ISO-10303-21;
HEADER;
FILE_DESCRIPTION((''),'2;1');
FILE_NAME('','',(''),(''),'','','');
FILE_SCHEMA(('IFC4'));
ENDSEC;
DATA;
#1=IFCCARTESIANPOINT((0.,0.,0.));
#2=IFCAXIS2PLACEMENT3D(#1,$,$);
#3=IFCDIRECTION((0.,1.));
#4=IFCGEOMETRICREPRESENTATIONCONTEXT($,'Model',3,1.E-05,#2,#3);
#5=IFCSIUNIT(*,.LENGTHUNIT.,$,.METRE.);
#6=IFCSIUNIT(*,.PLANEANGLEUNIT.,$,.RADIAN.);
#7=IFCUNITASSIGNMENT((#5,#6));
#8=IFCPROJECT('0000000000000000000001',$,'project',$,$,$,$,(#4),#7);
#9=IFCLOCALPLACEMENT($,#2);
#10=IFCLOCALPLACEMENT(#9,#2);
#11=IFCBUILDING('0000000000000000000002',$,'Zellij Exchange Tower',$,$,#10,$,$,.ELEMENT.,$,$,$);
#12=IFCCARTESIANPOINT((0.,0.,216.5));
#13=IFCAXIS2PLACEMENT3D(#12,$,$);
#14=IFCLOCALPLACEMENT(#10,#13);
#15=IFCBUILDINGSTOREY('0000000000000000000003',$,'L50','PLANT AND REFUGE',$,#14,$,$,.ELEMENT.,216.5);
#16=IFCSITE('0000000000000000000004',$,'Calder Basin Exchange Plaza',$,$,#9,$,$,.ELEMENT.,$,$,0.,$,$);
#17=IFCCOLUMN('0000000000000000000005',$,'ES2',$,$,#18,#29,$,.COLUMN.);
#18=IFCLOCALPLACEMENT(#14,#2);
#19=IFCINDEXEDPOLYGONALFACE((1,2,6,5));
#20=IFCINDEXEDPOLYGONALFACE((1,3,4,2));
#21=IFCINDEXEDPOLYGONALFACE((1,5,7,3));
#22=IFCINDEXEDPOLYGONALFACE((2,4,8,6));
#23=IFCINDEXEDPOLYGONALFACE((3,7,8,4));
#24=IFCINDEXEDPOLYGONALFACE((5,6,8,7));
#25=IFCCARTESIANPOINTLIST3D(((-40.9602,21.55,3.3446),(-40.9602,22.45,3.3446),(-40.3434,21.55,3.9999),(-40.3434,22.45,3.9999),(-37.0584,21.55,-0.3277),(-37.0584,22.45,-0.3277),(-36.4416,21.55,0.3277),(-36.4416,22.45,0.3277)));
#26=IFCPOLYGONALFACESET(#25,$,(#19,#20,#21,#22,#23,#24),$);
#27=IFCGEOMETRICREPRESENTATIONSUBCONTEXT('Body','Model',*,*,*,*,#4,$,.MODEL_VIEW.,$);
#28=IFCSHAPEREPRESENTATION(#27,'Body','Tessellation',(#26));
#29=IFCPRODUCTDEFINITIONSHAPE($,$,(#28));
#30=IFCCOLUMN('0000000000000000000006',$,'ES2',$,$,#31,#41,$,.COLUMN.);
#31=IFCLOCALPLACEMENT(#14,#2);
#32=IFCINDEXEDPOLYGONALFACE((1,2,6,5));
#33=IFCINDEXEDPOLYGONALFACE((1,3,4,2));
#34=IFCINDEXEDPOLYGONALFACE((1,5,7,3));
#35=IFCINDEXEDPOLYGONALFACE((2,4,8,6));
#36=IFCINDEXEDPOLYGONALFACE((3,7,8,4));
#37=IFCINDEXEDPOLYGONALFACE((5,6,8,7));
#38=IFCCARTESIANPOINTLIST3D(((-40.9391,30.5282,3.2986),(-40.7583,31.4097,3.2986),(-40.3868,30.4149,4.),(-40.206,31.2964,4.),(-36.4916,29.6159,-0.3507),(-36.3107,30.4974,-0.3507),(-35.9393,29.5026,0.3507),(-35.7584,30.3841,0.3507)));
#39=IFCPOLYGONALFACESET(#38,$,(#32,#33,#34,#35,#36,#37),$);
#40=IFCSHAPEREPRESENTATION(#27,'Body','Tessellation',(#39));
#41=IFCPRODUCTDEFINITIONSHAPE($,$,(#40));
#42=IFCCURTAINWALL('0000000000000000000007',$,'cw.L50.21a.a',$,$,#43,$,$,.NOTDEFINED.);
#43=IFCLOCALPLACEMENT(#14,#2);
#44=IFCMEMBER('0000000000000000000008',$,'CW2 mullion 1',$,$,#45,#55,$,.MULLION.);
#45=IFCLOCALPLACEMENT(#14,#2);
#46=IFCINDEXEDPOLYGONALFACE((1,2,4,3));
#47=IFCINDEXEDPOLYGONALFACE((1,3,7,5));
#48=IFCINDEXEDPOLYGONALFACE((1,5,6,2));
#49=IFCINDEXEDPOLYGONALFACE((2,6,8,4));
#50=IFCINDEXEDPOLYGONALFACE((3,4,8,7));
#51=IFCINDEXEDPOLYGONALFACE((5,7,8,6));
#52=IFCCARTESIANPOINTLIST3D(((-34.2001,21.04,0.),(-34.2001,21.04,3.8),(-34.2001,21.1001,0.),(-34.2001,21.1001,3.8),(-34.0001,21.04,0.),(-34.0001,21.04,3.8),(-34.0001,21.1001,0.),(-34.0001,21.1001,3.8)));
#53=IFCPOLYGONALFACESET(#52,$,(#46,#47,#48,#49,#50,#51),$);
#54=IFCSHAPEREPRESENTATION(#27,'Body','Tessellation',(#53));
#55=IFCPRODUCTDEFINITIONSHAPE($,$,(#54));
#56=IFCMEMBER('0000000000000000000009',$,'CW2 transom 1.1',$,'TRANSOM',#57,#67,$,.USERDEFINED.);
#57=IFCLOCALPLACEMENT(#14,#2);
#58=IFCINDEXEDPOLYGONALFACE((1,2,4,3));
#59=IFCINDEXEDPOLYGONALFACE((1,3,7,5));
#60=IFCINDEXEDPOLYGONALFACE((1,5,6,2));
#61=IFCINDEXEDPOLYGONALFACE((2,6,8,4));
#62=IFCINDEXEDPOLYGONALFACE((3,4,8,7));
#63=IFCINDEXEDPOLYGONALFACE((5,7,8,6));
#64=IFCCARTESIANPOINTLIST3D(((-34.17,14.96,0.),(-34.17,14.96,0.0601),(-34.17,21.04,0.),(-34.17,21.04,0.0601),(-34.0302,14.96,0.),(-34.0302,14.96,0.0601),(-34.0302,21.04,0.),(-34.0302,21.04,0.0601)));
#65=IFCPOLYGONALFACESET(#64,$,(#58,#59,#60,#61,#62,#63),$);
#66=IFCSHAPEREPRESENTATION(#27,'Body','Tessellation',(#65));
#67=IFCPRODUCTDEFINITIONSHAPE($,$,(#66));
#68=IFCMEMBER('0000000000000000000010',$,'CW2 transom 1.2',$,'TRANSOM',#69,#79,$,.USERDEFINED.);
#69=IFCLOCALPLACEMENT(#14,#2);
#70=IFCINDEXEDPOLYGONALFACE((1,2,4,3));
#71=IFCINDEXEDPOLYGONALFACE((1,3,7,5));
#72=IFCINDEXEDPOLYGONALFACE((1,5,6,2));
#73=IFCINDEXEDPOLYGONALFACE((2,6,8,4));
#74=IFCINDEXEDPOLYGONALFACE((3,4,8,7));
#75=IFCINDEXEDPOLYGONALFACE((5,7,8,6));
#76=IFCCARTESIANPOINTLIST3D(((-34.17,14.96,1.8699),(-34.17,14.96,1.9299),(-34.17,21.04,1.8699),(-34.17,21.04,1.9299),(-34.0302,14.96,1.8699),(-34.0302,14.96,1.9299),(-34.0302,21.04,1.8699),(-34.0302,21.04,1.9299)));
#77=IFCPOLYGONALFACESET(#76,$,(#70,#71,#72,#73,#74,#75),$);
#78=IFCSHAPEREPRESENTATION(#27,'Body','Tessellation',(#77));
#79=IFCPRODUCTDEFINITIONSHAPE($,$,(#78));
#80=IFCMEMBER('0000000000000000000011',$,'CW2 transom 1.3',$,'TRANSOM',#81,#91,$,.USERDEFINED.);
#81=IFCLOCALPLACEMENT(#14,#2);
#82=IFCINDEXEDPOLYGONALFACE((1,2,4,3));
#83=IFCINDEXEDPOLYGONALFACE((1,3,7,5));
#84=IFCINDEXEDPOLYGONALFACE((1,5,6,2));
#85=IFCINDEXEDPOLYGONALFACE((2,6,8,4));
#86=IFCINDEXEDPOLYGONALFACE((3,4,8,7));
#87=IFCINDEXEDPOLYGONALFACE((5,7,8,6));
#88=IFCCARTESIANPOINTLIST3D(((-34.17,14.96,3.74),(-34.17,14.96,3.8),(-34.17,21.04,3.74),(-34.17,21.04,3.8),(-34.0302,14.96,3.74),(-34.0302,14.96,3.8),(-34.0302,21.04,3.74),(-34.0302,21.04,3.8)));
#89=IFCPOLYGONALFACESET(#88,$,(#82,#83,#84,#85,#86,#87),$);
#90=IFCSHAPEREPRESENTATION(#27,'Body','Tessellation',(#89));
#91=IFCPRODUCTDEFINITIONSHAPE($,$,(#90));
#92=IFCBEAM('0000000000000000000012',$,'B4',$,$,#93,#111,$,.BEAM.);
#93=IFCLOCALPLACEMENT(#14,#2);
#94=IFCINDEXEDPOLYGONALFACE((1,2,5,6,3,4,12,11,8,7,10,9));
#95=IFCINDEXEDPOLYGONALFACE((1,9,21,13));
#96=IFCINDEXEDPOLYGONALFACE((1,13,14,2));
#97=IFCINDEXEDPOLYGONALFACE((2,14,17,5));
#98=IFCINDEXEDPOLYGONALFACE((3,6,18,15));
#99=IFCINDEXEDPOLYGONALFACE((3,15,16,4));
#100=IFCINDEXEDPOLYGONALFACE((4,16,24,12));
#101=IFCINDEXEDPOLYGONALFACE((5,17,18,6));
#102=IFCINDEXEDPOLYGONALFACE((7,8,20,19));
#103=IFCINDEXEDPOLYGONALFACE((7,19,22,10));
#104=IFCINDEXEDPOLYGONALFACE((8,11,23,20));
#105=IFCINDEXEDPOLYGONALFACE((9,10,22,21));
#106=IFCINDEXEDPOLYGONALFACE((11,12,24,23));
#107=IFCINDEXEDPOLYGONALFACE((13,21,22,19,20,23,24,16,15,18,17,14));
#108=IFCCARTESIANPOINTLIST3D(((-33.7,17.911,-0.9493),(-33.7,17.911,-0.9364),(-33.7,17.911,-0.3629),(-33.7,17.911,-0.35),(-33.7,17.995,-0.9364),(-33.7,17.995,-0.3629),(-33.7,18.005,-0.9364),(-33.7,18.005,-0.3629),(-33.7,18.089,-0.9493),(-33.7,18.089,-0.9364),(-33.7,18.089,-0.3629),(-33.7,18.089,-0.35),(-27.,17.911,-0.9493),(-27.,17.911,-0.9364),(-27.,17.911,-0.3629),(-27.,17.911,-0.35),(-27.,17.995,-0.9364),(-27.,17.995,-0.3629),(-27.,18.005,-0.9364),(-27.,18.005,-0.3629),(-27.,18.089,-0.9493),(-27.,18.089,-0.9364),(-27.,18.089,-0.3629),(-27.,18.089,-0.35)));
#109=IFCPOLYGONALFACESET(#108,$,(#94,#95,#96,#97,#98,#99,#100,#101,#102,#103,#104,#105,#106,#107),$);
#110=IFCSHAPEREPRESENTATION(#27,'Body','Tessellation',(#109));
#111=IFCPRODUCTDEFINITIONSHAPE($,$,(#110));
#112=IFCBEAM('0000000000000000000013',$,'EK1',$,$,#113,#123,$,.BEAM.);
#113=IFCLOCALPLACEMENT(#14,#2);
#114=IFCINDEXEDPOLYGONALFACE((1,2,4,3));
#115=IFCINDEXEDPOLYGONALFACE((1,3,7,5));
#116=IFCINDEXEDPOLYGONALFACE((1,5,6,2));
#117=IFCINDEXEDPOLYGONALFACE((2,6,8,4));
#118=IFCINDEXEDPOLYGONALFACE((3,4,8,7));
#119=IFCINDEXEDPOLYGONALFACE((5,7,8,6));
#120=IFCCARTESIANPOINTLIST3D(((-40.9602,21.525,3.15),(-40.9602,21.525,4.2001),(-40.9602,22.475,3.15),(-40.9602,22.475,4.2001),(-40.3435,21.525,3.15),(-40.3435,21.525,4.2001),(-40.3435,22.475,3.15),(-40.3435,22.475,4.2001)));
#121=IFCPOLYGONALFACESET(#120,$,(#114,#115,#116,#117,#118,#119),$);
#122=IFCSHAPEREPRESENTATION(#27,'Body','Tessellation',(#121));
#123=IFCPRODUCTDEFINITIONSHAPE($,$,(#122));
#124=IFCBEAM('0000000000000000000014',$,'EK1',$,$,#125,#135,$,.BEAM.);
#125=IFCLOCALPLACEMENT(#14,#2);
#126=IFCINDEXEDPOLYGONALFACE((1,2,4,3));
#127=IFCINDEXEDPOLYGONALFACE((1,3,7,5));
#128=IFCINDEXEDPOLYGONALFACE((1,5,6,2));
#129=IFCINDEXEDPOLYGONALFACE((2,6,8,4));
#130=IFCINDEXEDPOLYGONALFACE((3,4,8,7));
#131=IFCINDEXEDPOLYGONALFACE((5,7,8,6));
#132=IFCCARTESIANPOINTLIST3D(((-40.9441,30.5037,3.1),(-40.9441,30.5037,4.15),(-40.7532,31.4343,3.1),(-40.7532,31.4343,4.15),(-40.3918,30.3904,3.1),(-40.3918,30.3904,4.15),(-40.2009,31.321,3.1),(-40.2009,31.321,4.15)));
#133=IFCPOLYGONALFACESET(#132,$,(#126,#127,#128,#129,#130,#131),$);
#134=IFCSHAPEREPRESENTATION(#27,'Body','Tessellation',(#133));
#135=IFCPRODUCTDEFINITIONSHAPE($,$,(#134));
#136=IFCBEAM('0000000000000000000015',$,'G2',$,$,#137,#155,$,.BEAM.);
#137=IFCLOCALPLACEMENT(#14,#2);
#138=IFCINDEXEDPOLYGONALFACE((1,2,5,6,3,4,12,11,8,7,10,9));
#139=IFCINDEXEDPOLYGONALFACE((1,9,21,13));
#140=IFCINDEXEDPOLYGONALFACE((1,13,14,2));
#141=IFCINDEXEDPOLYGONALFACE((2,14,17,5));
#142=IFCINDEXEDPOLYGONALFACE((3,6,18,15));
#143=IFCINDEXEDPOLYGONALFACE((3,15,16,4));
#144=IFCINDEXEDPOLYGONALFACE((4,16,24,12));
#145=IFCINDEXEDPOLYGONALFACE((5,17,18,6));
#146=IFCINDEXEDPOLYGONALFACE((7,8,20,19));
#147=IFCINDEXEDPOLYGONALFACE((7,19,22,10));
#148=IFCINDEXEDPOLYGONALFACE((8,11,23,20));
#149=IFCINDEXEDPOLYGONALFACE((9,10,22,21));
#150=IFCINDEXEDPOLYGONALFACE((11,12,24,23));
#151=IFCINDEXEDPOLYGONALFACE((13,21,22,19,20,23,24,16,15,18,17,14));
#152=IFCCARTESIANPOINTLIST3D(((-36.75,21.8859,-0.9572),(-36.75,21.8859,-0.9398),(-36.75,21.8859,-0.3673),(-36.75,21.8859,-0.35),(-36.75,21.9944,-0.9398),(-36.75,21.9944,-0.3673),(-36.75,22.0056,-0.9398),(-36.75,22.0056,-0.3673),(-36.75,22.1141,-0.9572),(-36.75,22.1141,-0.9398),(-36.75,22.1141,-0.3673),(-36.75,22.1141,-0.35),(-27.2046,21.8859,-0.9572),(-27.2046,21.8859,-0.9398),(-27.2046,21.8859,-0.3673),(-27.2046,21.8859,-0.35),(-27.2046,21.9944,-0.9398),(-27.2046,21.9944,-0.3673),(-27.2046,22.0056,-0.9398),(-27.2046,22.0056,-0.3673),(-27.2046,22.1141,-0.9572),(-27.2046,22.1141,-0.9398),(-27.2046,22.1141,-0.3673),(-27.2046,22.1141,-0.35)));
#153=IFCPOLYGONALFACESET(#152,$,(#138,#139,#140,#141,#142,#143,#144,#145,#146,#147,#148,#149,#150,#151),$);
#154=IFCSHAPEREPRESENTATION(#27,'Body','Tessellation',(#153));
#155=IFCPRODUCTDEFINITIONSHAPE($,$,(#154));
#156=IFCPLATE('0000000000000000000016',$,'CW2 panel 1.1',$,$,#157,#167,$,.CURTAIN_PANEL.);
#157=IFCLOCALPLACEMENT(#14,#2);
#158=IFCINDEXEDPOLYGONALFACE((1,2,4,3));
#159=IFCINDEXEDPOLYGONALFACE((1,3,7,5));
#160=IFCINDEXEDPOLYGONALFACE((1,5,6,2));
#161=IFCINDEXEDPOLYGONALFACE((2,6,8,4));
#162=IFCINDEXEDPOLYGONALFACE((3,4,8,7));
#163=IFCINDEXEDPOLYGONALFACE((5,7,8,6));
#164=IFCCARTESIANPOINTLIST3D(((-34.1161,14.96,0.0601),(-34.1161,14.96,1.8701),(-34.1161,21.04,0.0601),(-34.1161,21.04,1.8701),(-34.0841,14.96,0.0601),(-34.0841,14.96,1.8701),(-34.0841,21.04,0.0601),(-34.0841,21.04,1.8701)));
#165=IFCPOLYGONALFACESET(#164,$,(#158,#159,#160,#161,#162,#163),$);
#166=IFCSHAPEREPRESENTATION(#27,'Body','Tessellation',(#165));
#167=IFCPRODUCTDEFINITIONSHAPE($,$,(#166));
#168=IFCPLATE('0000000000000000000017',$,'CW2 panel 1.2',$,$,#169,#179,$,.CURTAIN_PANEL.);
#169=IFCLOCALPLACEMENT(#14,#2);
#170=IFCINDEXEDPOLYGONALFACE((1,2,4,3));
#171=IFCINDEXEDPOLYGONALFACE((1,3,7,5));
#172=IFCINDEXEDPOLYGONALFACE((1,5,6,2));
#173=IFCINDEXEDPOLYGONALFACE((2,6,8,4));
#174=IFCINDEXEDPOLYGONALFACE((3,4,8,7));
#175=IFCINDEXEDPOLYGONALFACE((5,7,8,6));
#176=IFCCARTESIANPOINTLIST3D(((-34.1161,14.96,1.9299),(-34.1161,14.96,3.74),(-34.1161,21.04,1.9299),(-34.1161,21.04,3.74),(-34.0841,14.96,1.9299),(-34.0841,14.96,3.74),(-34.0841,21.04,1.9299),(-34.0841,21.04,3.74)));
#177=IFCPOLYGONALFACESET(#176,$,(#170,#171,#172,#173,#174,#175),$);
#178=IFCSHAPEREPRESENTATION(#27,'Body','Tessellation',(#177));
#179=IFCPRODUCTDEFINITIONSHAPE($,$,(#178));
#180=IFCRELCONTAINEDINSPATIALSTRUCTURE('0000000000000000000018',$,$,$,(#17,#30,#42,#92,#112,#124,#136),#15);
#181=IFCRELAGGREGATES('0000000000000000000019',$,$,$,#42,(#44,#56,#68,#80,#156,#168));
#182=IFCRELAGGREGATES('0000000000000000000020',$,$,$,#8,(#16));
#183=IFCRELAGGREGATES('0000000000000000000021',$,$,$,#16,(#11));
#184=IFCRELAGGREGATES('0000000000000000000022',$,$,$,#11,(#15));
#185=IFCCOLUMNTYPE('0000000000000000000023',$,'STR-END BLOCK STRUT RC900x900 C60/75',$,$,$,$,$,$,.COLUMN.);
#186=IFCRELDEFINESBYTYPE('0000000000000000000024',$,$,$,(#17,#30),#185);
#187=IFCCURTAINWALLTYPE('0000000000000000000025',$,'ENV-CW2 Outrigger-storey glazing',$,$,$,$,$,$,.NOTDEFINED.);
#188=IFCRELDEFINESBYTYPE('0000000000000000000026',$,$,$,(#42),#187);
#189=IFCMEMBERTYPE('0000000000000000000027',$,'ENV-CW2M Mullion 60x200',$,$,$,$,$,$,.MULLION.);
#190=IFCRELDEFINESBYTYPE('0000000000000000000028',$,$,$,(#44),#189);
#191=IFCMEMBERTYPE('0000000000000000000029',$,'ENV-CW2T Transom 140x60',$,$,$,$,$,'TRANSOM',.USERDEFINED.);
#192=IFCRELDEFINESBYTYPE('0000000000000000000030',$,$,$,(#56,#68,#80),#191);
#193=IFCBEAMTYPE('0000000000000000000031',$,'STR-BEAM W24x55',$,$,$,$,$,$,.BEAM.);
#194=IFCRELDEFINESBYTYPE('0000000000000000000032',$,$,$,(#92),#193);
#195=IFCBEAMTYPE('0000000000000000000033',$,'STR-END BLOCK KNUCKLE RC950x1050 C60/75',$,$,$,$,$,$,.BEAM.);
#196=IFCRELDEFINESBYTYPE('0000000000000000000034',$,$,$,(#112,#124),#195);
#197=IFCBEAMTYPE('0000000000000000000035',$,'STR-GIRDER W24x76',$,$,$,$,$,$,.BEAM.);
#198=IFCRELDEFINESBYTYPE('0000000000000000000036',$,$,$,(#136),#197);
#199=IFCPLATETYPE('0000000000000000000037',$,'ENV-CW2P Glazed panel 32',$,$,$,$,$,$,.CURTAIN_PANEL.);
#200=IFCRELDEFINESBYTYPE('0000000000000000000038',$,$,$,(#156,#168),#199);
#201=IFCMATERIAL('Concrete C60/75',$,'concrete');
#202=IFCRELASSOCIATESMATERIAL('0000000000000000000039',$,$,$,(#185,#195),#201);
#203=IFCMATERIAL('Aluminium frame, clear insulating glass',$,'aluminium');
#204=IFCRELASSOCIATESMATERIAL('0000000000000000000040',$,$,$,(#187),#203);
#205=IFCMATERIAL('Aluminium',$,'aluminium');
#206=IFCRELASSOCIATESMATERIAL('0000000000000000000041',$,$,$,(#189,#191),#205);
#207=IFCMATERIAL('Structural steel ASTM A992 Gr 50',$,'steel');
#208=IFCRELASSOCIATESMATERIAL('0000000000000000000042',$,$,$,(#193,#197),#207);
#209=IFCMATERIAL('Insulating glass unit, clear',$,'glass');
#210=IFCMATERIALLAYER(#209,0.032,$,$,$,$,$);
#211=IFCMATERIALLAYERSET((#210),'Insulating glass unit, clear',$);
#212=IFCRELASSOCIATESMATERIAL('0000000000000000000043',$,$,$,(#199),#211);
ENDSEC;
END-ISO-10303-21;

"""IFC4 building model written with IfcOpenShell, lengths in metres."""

from ifc_helpers import new_model, si_unit, direction, frame, origin, origin_2d, place, context, subcontext, project, spatial, rectangle, i_section, extrude, clip, halfspace, material, layer, layer_set, material_profile, profile_set, type_object, element, aggregate, save


model = new_model("IFC4")

# Units and contexts
model_context = context("Model", 3, precision=1e-05, world=origin(), true_north=direction((0.0, 1.0)))
body_context = subcontext(model_context, "Body", "Model", "MODEL_VIEW")
ifc_project = project(units=[si_unit("LENGTHUNIT", "METRE"), si_unit("PLANEANGLEUNIT", "RADIAN")], contexts=[model_context])

# Site, building, storey
site_placement = place(None, origin())
site = spatial("IfcSite", under=ifc_project, at=site_placement, Name="Calder Basin Exchange Plaza", CompositionType="ELEMENT", RefElevation=0.0)
building_placement = place(site_placement, origin())
building = spatial("IfcBuilding", under=site, at=building_placement, Name="Zellij Exchange Tower", CompositionType="ELEMENT")
storey_placement = place(building_placement, frame((0.0, 0.0, 216.5)))
storey = spatial("IfcBuildingStorey", under=building, at=storey_placement, Name="L50", Description="PLANT AND REFUGE", CompositionType="ELEMENT", Elevation=216.5)

# Columns
ifc_material_1 = material(Name="Concrete C60/75", Category="concrete")
ifc_material_profile_1 = material_profile(ifc_material_1, rectangle(XDim=0.8999, YDim=0.8999, at=origin_2d()), Name="STR-END BLOCK STRUT RC900x900 C60/75")
ifc_profile_set_1 = profile_set([ifc_material_profile_1], Name="Concrete C60/75")
column_type = type_object("IfcColumnType", Name="STR-END BLOCK STRUT RC900x900 C60/75", PredefinedType="COLUMN", material=ifc_profile_set_1)
column_1_placement = place(storey_placement, frame((-36.75, 22.0, 0.0), z_axis=(-0.7282, 0.0, 0.685365), x_axis=(0.0, -1.0, 0.0)))
element("IfcColumn", 1, at=column_1_placement, inside=storey, type_object=column_type, Name="ES2", PredefinedType="COLUMN", context=body_context, shape_type="Clipping", body=[
    clip(extrude(rectangle(XDim=0.8999, YDim=0.8999, at=origin_2d()), origin(), (0.0, 0.0, 1.0), 5.8364), halfspace(frame((0.0, 0.0, 5.3582)), False)),
])
column_2_placement = place(storey_placement, frame((-36.125, 30.0, 0.0), z_axis=(-0.763533, 0.156622, 0.626488), x_axis=(-0.200944, -0.979603, 0.0)))
element("IfcColumn", 2, at=column_2_placement, inside=storey, type_object=column_type, Name="ES2", PredefinedType="COLUMN", context=body_context, shape_type="Clipping", body=[
    clip(extrude(rectangle(XDim=0.8999, YDim=0.8999, at=origin_2d()), origin(), (0.0, 0.0, 1.0), 6.3848), halfspace(frame((0.0, 0.0, 5.825)), False)),
])

# Curtain wall, members
ifc_material_2 = material(Name="Aluminium frame, clear insulating glass", Category="aluminium")
curtain_wall_type = type_object("IfcCurtainWallType", Name="ENV-CW2 Outrigger-storey glazing", PredefinedType="NOTDEFINED", material=ifc_material_2)
curtain_wall_placement = place(storey_placement, origin())
curtain_wall = element("IfcCurtainWall", 3, at=curtain_wall_placement, inside=storey, type_object=curtain_wall_type, Name="cw.L50.21a.a", PredefinedType="NOTDEFINED")
ifc_material_3 = material(Name="Aluminium", Category="aluminium")
ifc_material_profile_2 = material_profile(ifc_material_3, rectangle(XDim=0.0601, YDim=0.2, at=origin_2d()), Name="AL 60x200")
ifc_profile_set_2 = profile_set([ifc_material_profile_2], Name="Aluminium")
member_type_1 = type_object("IfcMemberType", Name="ENV-CW2M Mullion 60x200", PredefinedType="MULLION", material=ifc_profile_set_2)
member_1_placement = place(storey_placement, frame((-34.1001, 21.0701, 0.0), z_axis=(0.0, 0.0, 1.0), x_axis=(0.0, -1.0, 0.0)))
member_1 = element("IfcMember", 4, at=member_1_placement, type_object=member_type_1, Name="CW2 mullion 1", PredefinedType="MULLION", context=body_context, shape_type="SweptSolid", body=[
    extrude(rectangle(XDim=0.0601, YDim=0.2, at=origin_2d()), origin(), (0.0, 0.0, 1.0), 3.8),
])
ifc_material_profile_3 = material_profile(ifc_material_3, rectangle(XDim=0.1399, YDim=0.0601, at=origin_2d()), Name="AL 140x60")
ifc_profile_set_3 = profile_set([ifc_material_profile_3], Name="Aluminium")
member_type_2 = type_object("IfcMemberType", Name="ENV-CW2T Transom 140x60", ElementType="TRANSOM", PredefinedType="USERDEFINED", material=ifc_profile_set_3)
member_2_placement = place(storey_placement, frame((-34.1001, 21.04, 0.03), z_axis=(0.0, -1.0, 0.0), x_axis=(1.0, 0.0, 0.0)))
member_2 = element("IfcMember", 5, at=member_2_placement, type_object=member_type_2, Name="CW2 transom 1.1", ObjectType="TRANSOM", PredefinedType="USERDEFINED", context=body_context, shape_type="SweptSolid", body=[
    extrude(rectangle(XDim=0.1399, YDim=0.0601, at=origin_2d()), origin(), (0.0, 0.0, 1.0), 6.0801),
])
member_3_placement = place(storey_placement, frame((-34.1001, 21.04, 1.8999), z_axis=(0.0, -1.0, 0.0), x_axis=(1.0, 0.0, 0.0)))
member_3 = element("IfcMember", 6, at=member_3_placement, type_object=member_type_2, Name="CW2 transom 1.2", ObjectType="TRANSOM", PredefinedType="USERDEFINED", context=body_context, shape_type="SweptSolid", body=[
    extrude(rectangle(XDim=0.1399, YDim=0.0601, at=origin_2d()), origin(), (0.0, 0.0, 1.0), 6.0801),
])
member_4_placement = place(storey_placement, frame((-34.1001, 21.04, 3.77), z_axis=(0.0, -1.0, 0.0), x_axis=(1.0, 0.0, 0.0)))
member_4 = element("IfcMember", 7, at=member_4_placement, type_object=member_type_2, Name="CW2 transom 1.3", ObjectType="TRANSOM", PredefinedType="USERDEFINED", context=body_context, shape_type="SweptSolid", body=[
    extrude(rectangle(XDim=0.1399, YDim=0.0601, at=origin_2d()), origin(), (0.0, 0.0, 1.0), 6.0801),
])

# Beams
ifc_material_4 = material(Name="Structural steel ASTM A992 Gr 50", Category="steel")
ifc_material_profile_4 = material_profile(ifc_material_4, i_section(OverallWidth=0.178, OverallDepth=0.5994, WebThickness=0.01, FlangeThickness=0.0129, at=origin_2d()), Name="W24x55")
ifc_profile_set_4 = profile_set([ifc_material_profile_4], Name="Structural steel ASTM A992 Gr 50")
beam_type_1 = type_object("IfcBeamType", Name="STR-BEAM W24x55", PredefinedType="BEAM", material=ifc_profile_set_4)
beam_1_placement = place(storey_placement, frame((-33.7, 18.0, -0.6497), z_axis=(1.0, 0.0, 0.0), x_axis=(0.0, 1.0, 0.0)))
element("IfcBeam", 8, at=beam_1_placement, inside=storey, type_object=beam_type_1, Name="B4", PredefinedType="BEAM", context=body_context, shape_type="SweptSolid", body=[
    extrude(i_section(OverallWidth=0.178, OverallDepth=0.5994, WebThickness=0.01, FlangeThickness=0.0129, at=origin_2d()), origin(), (0.0, 0.0, 1.0), 6.7),
])
ifc_material_profile_5 = material_profile(ifc_material_1, rectangle(XDim=0.95, YDim=1.05, at=origin_2d()), Name="STR-END BLOCK KNUCKLE RC950x1050 C60/75")
ifc_profile_set_5 = profile_set([ifc_material_profile_5], Name="Concrete C60/75")
beam_type_2 = type_object("IfcBeamType", Name="STR-END BLOCK KNUCKLE RC950x1050 C60/75", PredefinedType="BEAM", material=ifc_profile_set_5)
beam_2_placement = place(storey_placement, frame((-40.3435, 22.0, 3.675), z_axis=(-1.0, 0.0, 0.0), x_axis=(0.0, -1.0, 0.0)))
element("IfcBeam", 9, at=beam_2_placement, inside=storey, type_object=beam_type_2, Name="EK1", PredefinedType="BEAM", context=body_context, shape_type="SweptSolid", body=[
    extrude(rectangle(XDim=0.95, YDim=1.05, at=origin_2d()), origin(), (0.0, 0.0, 1.0), 0.6167),
])
beam_3_placement = place(storey_placement, frame((-40.2964, 30.8557, 3.625), z_axis=(-0.979603, 0.200944, 0.0), x_axis=(-0.200944, -0.979603, 0.0)))
element("IfcBeam", 10, at=beam_3_placement, inside=storey, type_object=beam_type_2, Name="EK1", PredefinedType="BEAM", context=body_context, shape_type="SweptSolid", body=[
    extrude(rectangle(XDim=0.95, YDim=1.05, at=origin_2d()), origin(), (0.0, 0.0, 1.0), 0.5637),
])
ifc_material_profile_6 = material_profile(ifc_material_4, i_section(OverallWidth=0.2283, OverallDepth=0.6072, WebThickness=0.0112, FlangeThickness=0.0173, at=origin_2d()), Name="W24x76")
ifc_profile_set_6 = profile_set([ifc_material_profile_6], Name="Structural steel ASTM A992 Gr 50")
beam_type_3 = type_object("IfcBeamType", Name="STR-GIRDER W24x76", PredefinedType="BEAM", material=ifc_profile_set_6)
beam_4_placement = place(storey_placement, frame((-36.75, 22.0, -0.6536), z_axis=(1.0, 0.0, 0.0), x_axis=(0.0, 1.0, 0.0)))
element("IfcBeam", 11, at=beam_4_placement, inside=storey, type_object=beam_type_3, Name="G2", PredefinedType="BEAM", context=body_context, shape_type="SweptSolid", body=[
    extrude(i_section(OverallWidth=0.2283, OverallDepth=0.6072, WebThickness=0.0112, FlangeThickness=0.0173, at=origin_2d()), origin(), (0.0, 0.0, 1.0), 9.5454),
])

# Plates
ifc_material_5 = material(Name="Insulating glass unit, clear", Category="glass")
ifc_layer_1 = layer(ifc_material_5, 0.032)
ifc_layer_set_1 = layer_set([ifc_layer_1], Name="Insulating glass unit, clear")
plate_type = type_object("IfcPlateType", Name="ENV-CW2P Glazed panel 32", PredefinedType="CURTAIN_PANEL", material=ifc_layer_set_1)
plate_1_placement = place(storey_placement, frame((-34.1001, 18.0, 0.0601), z_axis=(0.0, 0.0, 1.0), x_axis=(0.0, -1.0, 0.0)))
plate_1 = element("IfcPlate", 12, at=plate_1_placement, type_object=plate_type, Name="CW2 panel 1.1", PredefinedType="CURTAIN_PANEL", context=body_context, shape_type="SweptSolid", body=[
    extrude(rectangle(XDim=6.0801, YDim=0.032, at=origin_2d()), origin(), (0.0, 0.0, 1.0), 1.8101),
])
plate_2_placement = place(storey_placement, frame((-34.1001, 18.0, 1.9299), z_axis=(0.0, 0.0, 1.0), x_axis=(0.0, -1.0, 0.0)))
plate_2 = element("IfcPlate", 13, at=plate_2_placement, type_object=plate_type, Name="CW2 panel 1.2", PredefinedType="CURTAIN_PANEL", context=body_context, shape_type="SweptSolid", body=[
    extrude(rectangle(XDim=6.0801, YDim=0.032, at=origin_2d()), origin(), (0.0, 0.0, 1.0), 1.8101),
])
aggregate(curtain_wall, [member_1, member_2, member_3, member_4, plate_1, plate_2])

save(model, "model.ifc")
